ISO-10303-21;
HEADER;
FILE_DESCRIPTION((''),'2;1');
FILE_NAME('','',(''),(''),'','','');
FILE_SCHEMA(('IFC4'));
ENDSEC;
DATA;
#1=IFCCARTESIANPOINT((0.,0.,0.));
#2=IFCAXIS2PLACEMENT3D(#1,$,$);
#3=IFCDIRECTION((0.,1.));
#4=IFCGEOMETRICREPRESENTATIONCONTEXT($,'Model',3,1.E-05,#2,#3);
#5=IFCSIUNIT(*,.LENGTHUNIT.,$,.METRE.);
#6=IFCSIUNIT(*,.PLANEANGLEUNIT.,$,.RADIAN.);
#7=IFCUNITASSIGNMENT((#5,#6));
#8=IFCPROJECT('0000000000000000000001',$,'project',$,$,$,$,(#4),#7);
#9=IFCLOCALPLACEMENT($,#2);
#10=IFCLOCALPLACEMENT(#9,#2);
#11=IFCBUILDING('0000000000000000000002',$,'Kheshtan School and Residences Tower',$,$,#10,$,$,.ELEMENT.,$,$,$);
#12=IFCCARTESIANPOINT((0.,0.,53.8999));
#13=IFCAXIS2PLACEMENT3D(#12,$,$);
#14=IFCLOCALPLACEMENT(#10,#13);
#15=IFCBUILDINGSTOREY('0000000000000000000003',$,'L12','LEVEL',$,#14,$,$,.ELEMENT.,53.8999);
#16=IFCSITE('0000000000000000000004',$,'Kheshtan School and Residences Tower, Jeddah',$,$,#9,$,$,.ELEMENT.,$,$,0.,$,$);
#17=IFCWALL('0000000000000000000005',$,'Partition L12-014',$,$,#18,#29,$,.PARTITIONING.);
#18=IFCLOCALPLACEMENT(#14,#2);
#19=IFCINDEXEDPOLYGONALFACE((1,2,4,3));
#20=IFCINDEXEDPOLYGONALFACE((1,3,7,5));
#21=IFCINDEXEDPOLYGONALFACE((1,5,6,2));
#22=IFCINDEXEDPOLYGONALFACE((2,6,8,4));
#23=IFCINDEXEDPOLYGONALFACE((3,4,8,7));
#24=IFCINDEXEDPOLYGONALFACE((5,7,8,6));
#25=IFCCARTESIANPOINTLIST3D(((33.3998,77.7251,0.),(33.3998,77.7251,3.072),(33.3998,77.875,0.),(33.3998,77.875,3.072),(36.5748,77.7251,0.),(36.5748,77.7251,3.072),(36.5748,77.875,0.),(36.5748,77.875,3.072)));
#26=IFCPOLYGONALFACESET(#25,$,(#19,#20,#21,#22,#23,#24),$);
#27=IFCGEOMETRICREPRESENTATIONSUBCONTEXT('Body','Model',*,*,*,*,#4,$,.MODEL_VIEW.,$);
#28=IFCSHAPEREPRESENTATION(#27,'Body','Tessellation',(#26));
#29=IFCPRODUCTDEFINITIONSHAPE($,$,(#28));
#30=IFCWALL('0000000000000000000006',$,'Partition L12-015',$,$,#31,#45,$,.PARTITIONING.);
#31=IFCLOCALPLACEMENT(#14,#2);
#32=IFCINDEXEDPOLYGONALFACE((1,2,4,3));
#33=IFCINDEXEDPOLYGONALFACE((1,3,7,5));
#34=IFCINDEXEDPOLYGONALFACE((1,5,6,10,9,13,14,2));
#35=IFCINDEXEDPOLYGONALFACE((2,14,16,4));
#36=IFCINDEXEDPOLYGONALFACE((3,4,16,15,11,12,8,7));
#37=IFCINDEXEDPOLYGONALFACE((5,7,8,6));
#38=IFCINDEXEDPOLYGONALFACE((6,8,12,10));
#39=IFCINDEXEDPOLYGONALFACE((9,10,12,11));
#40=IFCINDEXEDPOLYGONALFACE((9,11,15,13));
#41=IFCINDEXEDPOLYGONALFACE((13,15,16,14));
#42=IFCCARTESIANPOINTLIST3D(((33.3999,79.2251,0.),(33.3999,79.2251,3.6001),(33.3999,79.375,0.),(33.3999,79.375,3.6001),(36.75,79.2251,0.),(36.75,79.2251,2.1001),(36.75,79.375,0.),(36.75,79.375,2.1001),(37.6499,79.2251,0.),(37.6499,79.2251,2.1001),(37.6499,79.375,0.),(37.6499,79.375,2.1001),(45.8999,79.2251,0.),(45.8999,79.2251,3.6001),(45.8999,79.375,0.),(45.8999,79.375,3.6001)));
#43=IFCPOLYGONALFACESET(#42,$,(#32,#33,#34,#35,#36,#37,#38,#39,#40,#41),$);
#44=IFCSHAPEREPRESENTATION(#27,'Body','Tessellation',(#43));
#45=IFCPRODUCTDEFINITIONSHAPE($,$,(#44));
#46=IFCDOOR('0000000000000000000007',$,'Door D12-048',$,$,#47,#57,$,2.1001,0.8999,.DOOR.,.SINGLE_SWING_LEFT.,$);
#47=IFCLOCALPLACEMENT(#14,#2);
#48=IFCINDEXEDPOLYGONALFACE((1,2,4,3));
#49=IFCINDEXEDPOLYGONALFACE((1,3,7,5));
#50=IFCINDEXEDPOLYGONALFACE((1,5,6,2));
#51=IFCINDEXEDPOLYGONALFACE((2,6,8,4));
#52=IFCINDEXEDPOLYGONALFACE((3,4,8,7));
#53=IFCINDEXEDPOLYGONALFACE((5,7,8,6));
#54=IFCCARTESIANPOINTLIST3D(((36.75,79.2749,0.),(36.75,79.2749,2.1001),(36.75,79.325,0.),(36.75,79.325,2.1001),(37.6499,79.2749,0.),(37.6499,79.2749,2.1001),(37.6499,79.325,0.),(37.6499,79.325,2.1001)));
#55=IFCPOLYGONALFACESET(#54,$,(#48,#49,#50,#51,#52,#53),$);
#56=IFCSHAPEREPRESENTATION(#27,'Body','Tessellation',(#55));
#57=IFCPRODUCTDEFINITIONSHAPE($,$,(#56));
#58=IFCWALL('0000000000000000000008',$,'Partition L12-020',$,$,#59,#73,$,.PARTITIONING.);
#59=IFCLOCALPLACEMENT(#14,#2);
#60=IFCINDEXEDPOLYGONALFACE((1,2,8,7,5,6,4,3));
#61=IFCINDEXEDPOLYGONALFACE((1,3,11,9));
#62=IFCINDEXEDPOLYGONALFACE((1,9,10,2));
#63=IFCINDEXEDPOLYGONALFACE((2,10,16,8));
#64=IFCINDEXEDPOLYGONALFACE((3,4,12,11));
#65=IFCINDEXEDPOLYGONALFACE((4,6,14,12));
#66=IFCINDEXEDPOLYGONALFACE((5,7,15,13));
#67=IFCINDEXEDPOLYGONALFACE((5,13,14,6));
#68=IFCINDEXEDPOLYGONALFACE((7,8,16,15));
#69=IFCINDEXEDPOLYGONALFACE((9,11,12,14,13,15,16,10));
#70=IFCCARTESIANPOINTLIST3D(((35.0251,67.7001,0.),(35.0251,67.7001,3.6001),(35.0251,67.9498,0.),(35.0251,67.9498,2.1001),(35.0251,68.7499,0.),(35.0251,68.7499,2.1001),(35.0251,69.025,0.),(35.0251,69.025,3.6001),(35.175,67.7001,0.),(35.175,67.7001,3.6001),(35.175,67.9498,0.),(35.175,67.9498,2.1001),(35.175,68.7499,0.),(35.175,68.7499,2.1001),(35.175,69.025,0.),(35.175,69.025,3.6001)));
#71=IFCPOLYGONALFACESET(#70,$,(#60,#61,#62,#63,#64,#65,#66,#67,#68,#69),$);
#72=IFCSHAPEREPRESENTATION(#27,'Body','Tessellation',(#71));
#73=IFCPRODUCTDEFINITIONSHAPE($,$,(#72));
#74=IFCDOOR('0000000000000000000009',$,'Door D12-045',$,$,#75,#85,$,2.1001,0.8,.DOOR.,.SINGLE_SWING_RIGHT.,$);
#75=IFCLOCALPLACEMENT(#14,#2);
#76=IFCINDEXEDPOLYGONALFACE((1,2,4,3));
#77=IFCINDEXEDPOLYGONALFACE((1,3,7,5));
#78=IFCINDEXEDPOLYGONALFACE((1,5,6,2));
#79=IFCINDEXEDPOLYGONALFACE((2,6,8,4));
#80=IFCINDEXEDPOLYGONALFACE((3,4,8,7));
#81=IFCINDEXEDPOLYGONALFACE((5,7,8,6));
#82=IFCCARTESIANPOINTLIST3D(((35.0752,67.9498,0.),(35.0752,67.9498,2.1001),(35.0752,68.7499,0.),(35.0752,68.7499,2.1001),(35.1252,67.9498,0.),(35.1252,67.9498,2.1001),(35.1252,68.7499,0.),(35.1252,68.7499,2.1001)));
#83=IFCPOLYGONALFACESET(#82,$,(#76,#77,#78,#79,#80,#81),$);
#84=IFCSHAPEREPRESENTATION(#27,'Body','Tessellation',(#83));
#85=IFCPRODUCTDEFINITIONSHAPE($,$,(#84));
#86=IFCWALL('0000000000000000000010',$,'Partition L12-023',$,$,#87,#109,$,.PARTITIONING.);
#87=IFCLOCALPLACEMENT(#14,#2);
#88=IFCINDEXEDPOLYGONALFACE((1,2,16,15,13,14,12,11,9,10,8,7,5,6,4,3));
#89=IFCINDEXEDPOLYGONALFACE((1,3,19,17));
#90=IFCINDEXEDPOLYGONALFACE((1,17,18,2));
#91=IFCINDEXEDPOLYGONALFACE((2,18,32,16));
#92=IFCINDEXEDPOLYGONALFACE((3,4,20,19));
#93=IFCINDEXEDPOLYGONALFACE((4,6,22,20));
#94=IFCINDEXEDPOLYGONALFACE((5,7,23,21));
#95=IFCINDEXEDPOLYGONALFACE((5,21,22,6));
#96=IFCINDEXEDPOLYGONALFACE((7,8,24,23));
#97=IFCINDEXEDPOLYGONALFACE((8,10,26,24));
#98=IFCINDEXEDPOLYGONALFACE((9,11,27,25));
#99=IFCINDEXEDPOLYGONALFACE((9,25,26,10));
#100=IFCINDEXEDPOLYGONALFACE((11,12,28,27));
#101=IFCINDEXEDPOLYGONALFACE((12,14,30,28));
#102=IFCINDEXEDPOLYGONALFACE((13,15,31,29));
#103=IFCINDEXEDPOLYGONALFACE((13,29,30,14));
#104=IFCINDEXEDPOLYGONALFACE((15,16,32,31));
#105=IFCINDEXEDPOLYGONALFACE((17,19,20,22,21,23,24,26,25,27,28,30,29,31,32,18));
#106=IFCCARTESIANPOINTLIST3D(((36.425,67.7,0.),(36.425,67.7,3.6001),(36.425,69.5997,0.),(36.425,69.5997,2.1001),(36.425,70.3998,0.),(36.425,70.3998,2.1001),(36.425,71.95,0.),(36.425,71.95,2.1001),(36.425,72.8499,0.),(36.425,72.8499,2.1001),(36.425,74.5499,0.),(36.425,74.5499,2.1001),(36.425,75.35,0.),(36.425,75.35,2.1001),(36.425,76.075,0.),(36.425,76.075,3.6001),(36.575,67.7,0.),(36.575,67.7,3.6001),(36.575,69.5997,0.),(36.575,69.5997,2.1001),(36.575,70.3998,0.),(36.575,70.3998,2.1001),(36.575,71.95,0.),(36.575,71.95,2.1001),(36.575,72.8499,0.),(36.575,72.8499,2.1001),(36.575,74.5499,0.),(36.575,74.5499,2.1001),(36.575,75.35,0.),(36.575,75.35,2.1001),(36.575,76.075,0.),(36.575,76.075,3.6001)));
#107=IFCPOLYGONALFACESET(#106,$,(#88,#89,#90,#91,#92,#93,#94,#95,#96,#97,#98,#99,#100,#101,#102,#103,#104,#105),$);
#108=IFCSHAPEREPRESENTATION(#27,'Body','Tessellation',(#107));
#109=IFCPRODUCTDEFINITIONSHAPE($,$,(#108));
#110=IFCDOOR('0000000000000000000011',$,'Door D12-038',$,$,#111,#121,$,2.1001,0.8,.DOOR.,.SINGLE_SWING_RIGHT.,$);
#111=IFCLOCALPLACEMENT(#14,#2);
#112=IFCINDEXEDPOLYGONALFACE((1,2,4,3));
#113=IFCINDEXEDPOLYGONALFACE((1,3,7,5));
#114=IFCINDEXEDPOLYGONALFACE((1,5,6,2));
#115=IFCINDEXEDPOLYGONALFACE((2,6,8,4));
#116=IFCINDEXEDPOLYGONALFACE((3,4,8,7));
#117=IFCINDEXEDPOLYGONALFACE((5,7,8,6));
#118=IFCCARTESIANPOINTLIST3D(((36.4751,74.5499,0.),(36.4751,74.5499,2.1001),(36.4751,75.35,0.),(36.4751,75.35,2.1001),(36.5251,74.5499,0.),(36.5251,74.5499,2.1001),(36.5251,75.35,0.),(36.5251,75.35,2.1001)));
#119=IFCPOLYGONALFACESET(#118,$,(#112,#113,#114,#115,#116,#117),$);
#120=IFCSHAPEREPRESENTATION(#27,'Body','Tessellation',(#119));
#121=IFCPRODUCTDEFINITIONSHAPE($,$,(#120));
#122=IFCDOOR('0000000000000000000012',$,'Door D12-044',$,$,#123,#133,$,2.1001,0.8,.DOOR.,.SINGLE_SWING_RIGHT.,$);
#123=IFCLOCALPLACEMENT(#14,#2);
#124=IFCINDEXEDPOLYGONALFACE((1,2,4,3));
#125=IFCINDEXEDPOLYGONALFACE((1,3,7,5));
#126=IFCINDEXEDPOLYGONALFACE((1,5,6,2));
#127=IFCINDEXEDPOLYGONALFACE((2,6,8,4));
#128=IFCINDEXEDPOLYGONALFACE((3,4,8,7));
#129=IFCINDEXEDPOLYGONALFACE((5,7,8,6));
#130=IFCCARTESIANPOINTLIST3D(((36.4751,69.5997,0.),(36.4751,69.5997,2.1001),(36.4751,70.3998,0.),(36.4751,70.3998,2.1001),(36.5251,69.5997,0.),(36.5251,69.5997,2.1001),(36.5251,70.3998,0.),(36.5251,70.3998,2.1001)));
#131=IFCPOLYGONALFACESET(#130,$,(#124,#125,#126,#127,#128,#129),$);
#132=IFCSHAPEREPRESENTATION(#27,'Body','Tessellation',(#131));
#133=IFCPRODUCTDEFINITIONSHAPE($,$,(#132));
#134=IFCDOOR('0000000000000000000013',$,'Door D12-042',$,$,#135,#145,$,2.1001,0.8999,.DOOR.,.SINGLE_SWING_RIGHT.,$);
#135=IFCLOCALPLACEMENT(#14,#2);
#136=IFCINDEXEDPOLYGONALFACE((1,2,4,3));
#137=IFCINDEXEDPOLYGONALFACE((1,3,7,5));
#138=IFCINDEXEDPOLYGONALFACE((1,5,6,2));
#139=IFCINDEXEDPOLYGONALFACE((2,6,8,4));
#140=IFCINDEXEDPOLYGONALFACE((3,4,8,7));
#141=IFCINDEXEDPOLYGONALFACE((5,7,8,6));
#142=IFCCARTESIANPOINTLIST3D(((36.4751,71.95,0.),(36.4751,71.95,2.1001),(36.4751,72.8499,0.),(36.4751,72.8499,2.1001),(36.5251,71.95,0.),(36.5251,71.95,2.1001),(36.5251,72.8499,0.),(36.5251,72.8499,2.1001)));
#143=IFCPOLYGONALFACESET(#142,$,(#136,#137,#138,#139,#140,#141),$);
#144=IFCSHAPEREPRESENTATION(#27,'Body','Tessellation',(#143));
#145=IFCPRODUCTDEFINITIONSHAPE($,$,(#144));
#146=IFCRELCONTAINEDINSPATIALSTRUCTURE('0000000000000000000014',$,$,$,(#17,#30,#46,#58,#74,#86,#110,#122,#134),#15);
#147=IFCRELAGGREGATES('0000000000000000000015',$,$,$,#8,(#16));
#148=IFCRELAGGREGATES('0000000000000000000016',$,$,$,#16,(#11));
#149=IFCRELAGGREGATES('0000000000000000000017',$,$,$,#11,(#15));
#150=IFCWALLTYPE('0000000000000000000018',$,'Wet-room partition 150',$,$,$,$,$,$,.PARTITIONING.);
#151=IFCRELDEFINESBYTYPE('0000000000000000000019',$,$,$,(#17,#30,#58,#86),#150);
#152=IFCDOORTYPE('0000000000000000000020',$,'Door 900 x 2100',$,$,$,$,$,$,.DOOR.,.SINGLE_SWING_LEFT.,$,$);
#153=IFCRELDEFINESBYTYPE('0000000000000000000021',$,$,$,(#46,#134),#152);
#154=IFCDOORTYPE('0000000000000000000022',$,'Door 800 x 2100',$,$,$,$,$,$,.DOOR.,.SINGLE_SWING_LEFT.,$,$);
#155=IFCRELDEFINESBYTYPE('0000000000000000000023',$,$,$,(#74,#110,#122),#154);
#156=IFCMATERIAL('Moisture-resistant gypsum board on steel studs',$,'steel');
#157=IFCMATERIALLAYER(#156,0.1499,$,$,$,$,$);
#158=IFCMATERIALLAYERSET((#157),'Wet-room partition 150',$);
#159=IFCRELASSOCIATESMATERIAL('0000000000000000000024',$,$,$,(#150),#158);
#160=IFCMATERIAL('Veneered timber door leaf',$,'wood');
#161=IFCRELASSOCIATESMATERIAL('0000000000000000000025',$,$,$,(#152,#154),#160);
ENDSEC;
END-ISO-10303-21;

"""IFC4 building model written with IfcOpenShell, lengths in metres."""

from ifc_helpers import new_model, si_unit, direction, frame, frame_2d, origin, place, context, subcontext, project, spatial, rectangle, extrude, source, transform, mapped, material, layer, layer_set, type_object, element, fill, save


model = new_model("IFC4")

# Units and contexts
model_context = context("Model", 3, precision=1e-05, world=origin(), true_north=direction((0.0, 1.0)))
body_context = subcontext(model_context, "Body", "Model", "MODEL_VIEW")
ifc_project = project(units=[si_unit("LENGTHUNIT", "METRE"), si_unit("PLANEANGLEUNIT", "RADIAN")], contexts=[model_context])

# Site, building, storey
site_placement = place(None, origin())
site = spatial("IfcSite", under=ifc_project, at=site_placement, Name="Kheshtan School and Residences Tower, Jeddah", CompositionType="ELEMENT", RefElevation=0.0)
building_placement = place(site_placement, origin())
building = spatial("IfcBuilding", under=site, at=building_placement, Name="Kheshtan School and Residences Tower", CompositionType="ELEMENT")
storey_placement = place(building_placement, frame((0.0, 0.0, 53.8999)))
storey = spatial("IfcBuildingStorey", under=building, at=storey_placement, Name="L12", Description="LEVEL", CompositionType="ELEMENT", Elevation=53.8999)

# Wall
ifc_material_1 = material(Name="Moisture-resistant gypsum board on steel studs", Category="steel")
ifc_layer_1 = layer(ifc_material_1, 0.1499)
ifc_layer_set_1 = layer_set([ifc_layer_1], Name="Wet-room partition 150")
wall_type_1 = type_object("IfcWallType", Name="Wet-room partition 150", PredefinedType="PARTITIONING", material=ifc_layer_set_1)
wall_1_placement = place(storey_placement, frame((33.3999, 77.8, 0.0), z_axis=(0.0, 0.0, 1.0), x_axis=(1.0, 0.0, 0.0)))
element("IfcWall", 1, at=wall_1_placement, inside=storey, type_object=wall_type_1, Name="Partition L12-014", PredefinedType="PARTITIONING", context=body_context, shape_type="SweptSolid", body=[
    extrude(rectangle(XDim=3.175, YDim=0.1499, at=frame_2d((1.5874, 0.0))), origin(), (0.0, 0.0, 1.0), 3.072),
])

# Walls, openings, doors
wall_2_placement = place(storey_placement, frame((33.3999, 79.3, 0.0), z_axis=(0.0, 0.0, 1.0), x_axis=(1.0, 0.0, 0.0)))
wall_2 = element("IfcWall", 2, at=wall_2_placement, inside=storey, type_object=wall_type_1, Name="Partition L12-015", PredefinedType="PARTITIONING", context=body_context, shape_type="SweptSolid", body=[
    extrude(rectangle(XDim=12.5, YDim=0.1499, at=frame_2d((6.25, 0.0))), origin(), (0.0, 0.0, 1.0), 3.6001),
])
opening_1_placement = place(wall_2_placement, frame((3.3501, 0.0, 0.0)))
opening_1 = element("IfcOpeningElement", 3, at=opening_1_placement, cuts=wall_2, PredefinedType="OPENING", context=body_context, shape_type="SweptSolid", body=[
    extrude(rectangle(XDim=0.8999, YDim=2.1001, at=frame_2d((0.45, 1.05))), frame((0.0, 0.085, 0.0), z_axis=(0.0, -1.0, 0.0), x_axis=(1.0, 0.0, 0.0)), (0.0, 0.0, 1.0), 0.1699),
])
ifc_material_2 = material(Name="Veneered timber door leaf", Category="wood")
door_type_1 = type_object("IfcDoorType", Name="Door 900 x 2100", OperationType="SINGLE_SWING_LEFT", PredefinedType="DOOR", material=ifc_material_2)
shared_shape_1 = source(origin(), body_context, "Body", "SweptSolid", [
    extrude(rectangle(XDim=0.8999, YDim=2.1001, at=frame_2d((0.45, 1.05))), frame((0.0, 0.0249, 0.0), z_axis=(0.0, -1.0, 0.0), x_axis=(1.0, 0.0, 0.0)), (0.0, 0.0, 1.0), 0.05),
])
door_1_placement = place(opening_1_placement, origin())
door_1 = element("IfcDoor", 4, at=door_1_placement, inside=storey, type_object=door_type_1, Name="Door D12-048", OperationType="SINGLE_SWING_LEFT", OverallHeight=2.1001, OverallWidth=0.8999, PredefinedType="DOOR", context=body_context, shape_type="MappedRepresentation", body=[
    mapped(shared_shape_1, transform((0.0, 0.0, 0.0), x_axis=(1.0, 0.0, 0.0), y_axis=(0.0, 1.0, 0.0), z_axis=(0.0, 0.0, 1.0), scale=1.0)),
])
fill(opening_1, door_1)
wall_3_placement = place(storey_placement, frame((35.1001, 67.7, 0.0), z_axis=(0.0, 0.0, 1.0), x_axis=(0.0, 1.0, 0.0)))
wall_3 = element("IfcWall", 5, at=wall_3_placement, inside=storey, type_object=wall_type_1, Name="Partition L12-020", PredefinedType="PARTITIONING", context=body_context, shape_type="SweptSolid", body=[
    extrude(rectangle(XDim=1.325, YDim=0.1499, at=frame_2d((0.6626, 0.0))), origin(), (0.0, 0.0, 1.0), 3.6001),
])
opening_2_placement = place(wall_3_placement, frame((0.25, 0.0, 0.0)))
opening_2 = element("IfcOpeningElement", 6, at=opening_2_placement, cuts=wall_3, PredefinedType="OPENING", context=body_context, shape_type="SweptSolid", body=[
    extrude(rectangle(XDim=0.8, YDim=2.1001, at=frame_2d((0.3999, 1.05))), frame((0.0, 0.085, 0.0), z_axis=(0.0, -1.0, 0.0), x_axis=(1.0, 0.0, 0.0)), (0.0, 0.0, 1.0), 0.1699),
])
door_type_2 = type_object("IfcDoorType", Name="Door 800 x 2100", OperationType="SINGLE_SWING_LEFT", PredefinedType="DOOR", material=ifc_material_2)
shared_shape_2 = source(origin(), body_context, "Body", "SweptSolid", [
    extrude(rectangle(XDim=0.8, YDim=2.1001, at=frame_2d((0.3999, 1.05))), frame((0.0, 0.0249, 0.0), z_axis=(0.0, -1.0, 0.0), x_axis=(1.0, 0.0, 0.0)), (0.0, 0.0, 1.0), 0.05),
])
door_2_placement = place(opening_2_placement, origin())
door_2 = element("IfcDoor", 7, at=door_2_placement, inside=storey, type_object=door_type_2, Name="Door D12-045", OperationType="SINGLE_SWING_RIGHT", OverallHeight=2.1001, OverallWidth=0.8, PredefinedType="DOOR", context=body_context, shape_type="MappedRepresentation", body=[
    mapped(shared_shape_2, transform((0.0, 0.0, 0.0), x_axis=(1.0, 0.0, 0.0), y_axis=(0.0, 1.0, 0.0), z_axis=(0.0, 0.0, 1.0), scale=1.0)),
])
fill(opening_2, door_2)

# Wall, openings, doors
wall_4_placement = place(storey_placement, frame((36.5, 67.7, 0.0), z_axis=(0.0, 0.0, 1.0), x_axis=(0.0, 1.0, 0.0)))
wall_4 = element("IfcWall", 8, at=wall_4_placement, inside=storey, type_object=wall_type_1, Name="Partition L12-023", PredefinedType="PARTITIONING", context=body_context, shape_type="SweptSolid", body=[
    extrude(rectangle(XDim=8.375, YDim=0.1499, at=frame_2d((4.1875, 0.0))), origin(), (0.0, 0.0, 1.0), 3.6001),
])
opening_3_placement = place(wall_4_placement, frame((6.8501, 0.0, 0.0)))
opening_3 = element("IfcOpeningElement", 9, at=opening_3_placement, cuts=wall_4, PredefinedType="OPENING", context=body_context, shape_type="SweptSolid", body=[
    extrude(rectangle(XDim=0.8, YDim=2.1001, at=frame_2d((0.3999, 1.05))), frame((0.0, 0.085, 0.0), z_axis=(0.0, -1.0, 0.0), x_axis=(1.0, 0.0, 0.0)), (0.0, 0.0, 1.0), 0.1699),
])
opening_4_placement = place(wall_4_placement, frame((4.25, 0.0, 0.0)))
opening_4 = element("IfcOpeningElement", 10, at=opening_4_placement, cuts=wall_4, PredefinedType="OPENING", context=body_context, shape_type="SweptSolid", body=[
    extrude(rectangle(XDim=0.8999, YDim=2.1001, at=frame_2d((0.45, 1.05))), frame((0.0, 0.085, 0.0), z_axis=(0.0, -1.0, 0.0), x_axis=(1.0, 0.0, 0.0)), (0.0, 0.0, 1.0), 0.1699),
])
opening_5_placement = place(wall_4_placement, frame((1.8999, 0.0, 0.0)))
opening_5 = element("IfcOpeningElement", 11, at=opening_5_placement, cuts=wall_4, PredefinedType="OPENING", context=body_context, shape_type="SweptSolid", body=[
    extrude(rectangle(XDim=0.8, YDim=2.1001, at=frame_2d((0.3999, 1.05))), frame((0.0, 0.085, 0.0), z_axis=(0.0, -1.0, 0.0), x_axis=(1.0, 0.0, 0.0)), (0.0, 0.0, 1.0), 0.1699),
])
door_3_placement = place(opening_3_placement, origin())
door_3 = element("IfcDoor", 12, at=door_3_placement, inside=storey, type_object=door_type_2, Name="Door D12-038", OperationType="SINGLE_SWING_RIGHT", OverallHeight=2.1001, OverallWidth=0.8, PredefinedType="DOOR", context=body_context, shape_type="MappedRepresentation", body=[
    mapped(shared_shape_2, transform((0.0, 0.0, 0.0), x_axis=(1.0, 0.0, 0.0), y_axis=(0.0, 1.0, 0.0), z_axis=(0.0, 0.0, 1.0), scale=1.0)),
])
fill(opening_3, door_3)
door_4_placement = place(opening_5_placement, origin())
door_4 = element("IfcDoor", 13, at=door_4_placement, inside=storey, type_object=door_type_2, Name="Door D12-044", OperationType="SINGLE_SWING_RIGHT", OverallHeight=2.1001, OverallWidth=0.8, PredefinedType="DOOR", context=body_context, shape_type="MappedRepresentation", body=[
    mapped(shared_shape_2, transform((0.0, 0.0, 0.0), x_axis=(1.0, 0.0, 0.0), y_axis=(0.0, 1.0, 0.0), z_axis=(0.0, 0.0, 1.0), scale=1.0)),
])
fill(opening_5, door_4)
door_5_placement = place(opening_4_placement, origin())
door_5 = element("IfcDoor", 14, at=door_5_placement, inside=storey, type_object=door_type_1, Name="Door D12-042", OperationType="SINGLE_SWING_RIGHT", OverallHeight=2.1001, OverallWidth=0.8999, PredefinedType="DOOR", context=body_context, shape_type="MappedRepresentation", body=[
    mapped(shared_shape_1, transform((0.0, 0.0, 0.0), x_axis=(1.0, 0.0, 0.0), y_axis=(0.0, 1.0, 0.0), z_axis=(0.0, 0.0, 1.0), scale=1.0)),
])
fill(opening_4, door_5)

save(model, "model.ifc")
